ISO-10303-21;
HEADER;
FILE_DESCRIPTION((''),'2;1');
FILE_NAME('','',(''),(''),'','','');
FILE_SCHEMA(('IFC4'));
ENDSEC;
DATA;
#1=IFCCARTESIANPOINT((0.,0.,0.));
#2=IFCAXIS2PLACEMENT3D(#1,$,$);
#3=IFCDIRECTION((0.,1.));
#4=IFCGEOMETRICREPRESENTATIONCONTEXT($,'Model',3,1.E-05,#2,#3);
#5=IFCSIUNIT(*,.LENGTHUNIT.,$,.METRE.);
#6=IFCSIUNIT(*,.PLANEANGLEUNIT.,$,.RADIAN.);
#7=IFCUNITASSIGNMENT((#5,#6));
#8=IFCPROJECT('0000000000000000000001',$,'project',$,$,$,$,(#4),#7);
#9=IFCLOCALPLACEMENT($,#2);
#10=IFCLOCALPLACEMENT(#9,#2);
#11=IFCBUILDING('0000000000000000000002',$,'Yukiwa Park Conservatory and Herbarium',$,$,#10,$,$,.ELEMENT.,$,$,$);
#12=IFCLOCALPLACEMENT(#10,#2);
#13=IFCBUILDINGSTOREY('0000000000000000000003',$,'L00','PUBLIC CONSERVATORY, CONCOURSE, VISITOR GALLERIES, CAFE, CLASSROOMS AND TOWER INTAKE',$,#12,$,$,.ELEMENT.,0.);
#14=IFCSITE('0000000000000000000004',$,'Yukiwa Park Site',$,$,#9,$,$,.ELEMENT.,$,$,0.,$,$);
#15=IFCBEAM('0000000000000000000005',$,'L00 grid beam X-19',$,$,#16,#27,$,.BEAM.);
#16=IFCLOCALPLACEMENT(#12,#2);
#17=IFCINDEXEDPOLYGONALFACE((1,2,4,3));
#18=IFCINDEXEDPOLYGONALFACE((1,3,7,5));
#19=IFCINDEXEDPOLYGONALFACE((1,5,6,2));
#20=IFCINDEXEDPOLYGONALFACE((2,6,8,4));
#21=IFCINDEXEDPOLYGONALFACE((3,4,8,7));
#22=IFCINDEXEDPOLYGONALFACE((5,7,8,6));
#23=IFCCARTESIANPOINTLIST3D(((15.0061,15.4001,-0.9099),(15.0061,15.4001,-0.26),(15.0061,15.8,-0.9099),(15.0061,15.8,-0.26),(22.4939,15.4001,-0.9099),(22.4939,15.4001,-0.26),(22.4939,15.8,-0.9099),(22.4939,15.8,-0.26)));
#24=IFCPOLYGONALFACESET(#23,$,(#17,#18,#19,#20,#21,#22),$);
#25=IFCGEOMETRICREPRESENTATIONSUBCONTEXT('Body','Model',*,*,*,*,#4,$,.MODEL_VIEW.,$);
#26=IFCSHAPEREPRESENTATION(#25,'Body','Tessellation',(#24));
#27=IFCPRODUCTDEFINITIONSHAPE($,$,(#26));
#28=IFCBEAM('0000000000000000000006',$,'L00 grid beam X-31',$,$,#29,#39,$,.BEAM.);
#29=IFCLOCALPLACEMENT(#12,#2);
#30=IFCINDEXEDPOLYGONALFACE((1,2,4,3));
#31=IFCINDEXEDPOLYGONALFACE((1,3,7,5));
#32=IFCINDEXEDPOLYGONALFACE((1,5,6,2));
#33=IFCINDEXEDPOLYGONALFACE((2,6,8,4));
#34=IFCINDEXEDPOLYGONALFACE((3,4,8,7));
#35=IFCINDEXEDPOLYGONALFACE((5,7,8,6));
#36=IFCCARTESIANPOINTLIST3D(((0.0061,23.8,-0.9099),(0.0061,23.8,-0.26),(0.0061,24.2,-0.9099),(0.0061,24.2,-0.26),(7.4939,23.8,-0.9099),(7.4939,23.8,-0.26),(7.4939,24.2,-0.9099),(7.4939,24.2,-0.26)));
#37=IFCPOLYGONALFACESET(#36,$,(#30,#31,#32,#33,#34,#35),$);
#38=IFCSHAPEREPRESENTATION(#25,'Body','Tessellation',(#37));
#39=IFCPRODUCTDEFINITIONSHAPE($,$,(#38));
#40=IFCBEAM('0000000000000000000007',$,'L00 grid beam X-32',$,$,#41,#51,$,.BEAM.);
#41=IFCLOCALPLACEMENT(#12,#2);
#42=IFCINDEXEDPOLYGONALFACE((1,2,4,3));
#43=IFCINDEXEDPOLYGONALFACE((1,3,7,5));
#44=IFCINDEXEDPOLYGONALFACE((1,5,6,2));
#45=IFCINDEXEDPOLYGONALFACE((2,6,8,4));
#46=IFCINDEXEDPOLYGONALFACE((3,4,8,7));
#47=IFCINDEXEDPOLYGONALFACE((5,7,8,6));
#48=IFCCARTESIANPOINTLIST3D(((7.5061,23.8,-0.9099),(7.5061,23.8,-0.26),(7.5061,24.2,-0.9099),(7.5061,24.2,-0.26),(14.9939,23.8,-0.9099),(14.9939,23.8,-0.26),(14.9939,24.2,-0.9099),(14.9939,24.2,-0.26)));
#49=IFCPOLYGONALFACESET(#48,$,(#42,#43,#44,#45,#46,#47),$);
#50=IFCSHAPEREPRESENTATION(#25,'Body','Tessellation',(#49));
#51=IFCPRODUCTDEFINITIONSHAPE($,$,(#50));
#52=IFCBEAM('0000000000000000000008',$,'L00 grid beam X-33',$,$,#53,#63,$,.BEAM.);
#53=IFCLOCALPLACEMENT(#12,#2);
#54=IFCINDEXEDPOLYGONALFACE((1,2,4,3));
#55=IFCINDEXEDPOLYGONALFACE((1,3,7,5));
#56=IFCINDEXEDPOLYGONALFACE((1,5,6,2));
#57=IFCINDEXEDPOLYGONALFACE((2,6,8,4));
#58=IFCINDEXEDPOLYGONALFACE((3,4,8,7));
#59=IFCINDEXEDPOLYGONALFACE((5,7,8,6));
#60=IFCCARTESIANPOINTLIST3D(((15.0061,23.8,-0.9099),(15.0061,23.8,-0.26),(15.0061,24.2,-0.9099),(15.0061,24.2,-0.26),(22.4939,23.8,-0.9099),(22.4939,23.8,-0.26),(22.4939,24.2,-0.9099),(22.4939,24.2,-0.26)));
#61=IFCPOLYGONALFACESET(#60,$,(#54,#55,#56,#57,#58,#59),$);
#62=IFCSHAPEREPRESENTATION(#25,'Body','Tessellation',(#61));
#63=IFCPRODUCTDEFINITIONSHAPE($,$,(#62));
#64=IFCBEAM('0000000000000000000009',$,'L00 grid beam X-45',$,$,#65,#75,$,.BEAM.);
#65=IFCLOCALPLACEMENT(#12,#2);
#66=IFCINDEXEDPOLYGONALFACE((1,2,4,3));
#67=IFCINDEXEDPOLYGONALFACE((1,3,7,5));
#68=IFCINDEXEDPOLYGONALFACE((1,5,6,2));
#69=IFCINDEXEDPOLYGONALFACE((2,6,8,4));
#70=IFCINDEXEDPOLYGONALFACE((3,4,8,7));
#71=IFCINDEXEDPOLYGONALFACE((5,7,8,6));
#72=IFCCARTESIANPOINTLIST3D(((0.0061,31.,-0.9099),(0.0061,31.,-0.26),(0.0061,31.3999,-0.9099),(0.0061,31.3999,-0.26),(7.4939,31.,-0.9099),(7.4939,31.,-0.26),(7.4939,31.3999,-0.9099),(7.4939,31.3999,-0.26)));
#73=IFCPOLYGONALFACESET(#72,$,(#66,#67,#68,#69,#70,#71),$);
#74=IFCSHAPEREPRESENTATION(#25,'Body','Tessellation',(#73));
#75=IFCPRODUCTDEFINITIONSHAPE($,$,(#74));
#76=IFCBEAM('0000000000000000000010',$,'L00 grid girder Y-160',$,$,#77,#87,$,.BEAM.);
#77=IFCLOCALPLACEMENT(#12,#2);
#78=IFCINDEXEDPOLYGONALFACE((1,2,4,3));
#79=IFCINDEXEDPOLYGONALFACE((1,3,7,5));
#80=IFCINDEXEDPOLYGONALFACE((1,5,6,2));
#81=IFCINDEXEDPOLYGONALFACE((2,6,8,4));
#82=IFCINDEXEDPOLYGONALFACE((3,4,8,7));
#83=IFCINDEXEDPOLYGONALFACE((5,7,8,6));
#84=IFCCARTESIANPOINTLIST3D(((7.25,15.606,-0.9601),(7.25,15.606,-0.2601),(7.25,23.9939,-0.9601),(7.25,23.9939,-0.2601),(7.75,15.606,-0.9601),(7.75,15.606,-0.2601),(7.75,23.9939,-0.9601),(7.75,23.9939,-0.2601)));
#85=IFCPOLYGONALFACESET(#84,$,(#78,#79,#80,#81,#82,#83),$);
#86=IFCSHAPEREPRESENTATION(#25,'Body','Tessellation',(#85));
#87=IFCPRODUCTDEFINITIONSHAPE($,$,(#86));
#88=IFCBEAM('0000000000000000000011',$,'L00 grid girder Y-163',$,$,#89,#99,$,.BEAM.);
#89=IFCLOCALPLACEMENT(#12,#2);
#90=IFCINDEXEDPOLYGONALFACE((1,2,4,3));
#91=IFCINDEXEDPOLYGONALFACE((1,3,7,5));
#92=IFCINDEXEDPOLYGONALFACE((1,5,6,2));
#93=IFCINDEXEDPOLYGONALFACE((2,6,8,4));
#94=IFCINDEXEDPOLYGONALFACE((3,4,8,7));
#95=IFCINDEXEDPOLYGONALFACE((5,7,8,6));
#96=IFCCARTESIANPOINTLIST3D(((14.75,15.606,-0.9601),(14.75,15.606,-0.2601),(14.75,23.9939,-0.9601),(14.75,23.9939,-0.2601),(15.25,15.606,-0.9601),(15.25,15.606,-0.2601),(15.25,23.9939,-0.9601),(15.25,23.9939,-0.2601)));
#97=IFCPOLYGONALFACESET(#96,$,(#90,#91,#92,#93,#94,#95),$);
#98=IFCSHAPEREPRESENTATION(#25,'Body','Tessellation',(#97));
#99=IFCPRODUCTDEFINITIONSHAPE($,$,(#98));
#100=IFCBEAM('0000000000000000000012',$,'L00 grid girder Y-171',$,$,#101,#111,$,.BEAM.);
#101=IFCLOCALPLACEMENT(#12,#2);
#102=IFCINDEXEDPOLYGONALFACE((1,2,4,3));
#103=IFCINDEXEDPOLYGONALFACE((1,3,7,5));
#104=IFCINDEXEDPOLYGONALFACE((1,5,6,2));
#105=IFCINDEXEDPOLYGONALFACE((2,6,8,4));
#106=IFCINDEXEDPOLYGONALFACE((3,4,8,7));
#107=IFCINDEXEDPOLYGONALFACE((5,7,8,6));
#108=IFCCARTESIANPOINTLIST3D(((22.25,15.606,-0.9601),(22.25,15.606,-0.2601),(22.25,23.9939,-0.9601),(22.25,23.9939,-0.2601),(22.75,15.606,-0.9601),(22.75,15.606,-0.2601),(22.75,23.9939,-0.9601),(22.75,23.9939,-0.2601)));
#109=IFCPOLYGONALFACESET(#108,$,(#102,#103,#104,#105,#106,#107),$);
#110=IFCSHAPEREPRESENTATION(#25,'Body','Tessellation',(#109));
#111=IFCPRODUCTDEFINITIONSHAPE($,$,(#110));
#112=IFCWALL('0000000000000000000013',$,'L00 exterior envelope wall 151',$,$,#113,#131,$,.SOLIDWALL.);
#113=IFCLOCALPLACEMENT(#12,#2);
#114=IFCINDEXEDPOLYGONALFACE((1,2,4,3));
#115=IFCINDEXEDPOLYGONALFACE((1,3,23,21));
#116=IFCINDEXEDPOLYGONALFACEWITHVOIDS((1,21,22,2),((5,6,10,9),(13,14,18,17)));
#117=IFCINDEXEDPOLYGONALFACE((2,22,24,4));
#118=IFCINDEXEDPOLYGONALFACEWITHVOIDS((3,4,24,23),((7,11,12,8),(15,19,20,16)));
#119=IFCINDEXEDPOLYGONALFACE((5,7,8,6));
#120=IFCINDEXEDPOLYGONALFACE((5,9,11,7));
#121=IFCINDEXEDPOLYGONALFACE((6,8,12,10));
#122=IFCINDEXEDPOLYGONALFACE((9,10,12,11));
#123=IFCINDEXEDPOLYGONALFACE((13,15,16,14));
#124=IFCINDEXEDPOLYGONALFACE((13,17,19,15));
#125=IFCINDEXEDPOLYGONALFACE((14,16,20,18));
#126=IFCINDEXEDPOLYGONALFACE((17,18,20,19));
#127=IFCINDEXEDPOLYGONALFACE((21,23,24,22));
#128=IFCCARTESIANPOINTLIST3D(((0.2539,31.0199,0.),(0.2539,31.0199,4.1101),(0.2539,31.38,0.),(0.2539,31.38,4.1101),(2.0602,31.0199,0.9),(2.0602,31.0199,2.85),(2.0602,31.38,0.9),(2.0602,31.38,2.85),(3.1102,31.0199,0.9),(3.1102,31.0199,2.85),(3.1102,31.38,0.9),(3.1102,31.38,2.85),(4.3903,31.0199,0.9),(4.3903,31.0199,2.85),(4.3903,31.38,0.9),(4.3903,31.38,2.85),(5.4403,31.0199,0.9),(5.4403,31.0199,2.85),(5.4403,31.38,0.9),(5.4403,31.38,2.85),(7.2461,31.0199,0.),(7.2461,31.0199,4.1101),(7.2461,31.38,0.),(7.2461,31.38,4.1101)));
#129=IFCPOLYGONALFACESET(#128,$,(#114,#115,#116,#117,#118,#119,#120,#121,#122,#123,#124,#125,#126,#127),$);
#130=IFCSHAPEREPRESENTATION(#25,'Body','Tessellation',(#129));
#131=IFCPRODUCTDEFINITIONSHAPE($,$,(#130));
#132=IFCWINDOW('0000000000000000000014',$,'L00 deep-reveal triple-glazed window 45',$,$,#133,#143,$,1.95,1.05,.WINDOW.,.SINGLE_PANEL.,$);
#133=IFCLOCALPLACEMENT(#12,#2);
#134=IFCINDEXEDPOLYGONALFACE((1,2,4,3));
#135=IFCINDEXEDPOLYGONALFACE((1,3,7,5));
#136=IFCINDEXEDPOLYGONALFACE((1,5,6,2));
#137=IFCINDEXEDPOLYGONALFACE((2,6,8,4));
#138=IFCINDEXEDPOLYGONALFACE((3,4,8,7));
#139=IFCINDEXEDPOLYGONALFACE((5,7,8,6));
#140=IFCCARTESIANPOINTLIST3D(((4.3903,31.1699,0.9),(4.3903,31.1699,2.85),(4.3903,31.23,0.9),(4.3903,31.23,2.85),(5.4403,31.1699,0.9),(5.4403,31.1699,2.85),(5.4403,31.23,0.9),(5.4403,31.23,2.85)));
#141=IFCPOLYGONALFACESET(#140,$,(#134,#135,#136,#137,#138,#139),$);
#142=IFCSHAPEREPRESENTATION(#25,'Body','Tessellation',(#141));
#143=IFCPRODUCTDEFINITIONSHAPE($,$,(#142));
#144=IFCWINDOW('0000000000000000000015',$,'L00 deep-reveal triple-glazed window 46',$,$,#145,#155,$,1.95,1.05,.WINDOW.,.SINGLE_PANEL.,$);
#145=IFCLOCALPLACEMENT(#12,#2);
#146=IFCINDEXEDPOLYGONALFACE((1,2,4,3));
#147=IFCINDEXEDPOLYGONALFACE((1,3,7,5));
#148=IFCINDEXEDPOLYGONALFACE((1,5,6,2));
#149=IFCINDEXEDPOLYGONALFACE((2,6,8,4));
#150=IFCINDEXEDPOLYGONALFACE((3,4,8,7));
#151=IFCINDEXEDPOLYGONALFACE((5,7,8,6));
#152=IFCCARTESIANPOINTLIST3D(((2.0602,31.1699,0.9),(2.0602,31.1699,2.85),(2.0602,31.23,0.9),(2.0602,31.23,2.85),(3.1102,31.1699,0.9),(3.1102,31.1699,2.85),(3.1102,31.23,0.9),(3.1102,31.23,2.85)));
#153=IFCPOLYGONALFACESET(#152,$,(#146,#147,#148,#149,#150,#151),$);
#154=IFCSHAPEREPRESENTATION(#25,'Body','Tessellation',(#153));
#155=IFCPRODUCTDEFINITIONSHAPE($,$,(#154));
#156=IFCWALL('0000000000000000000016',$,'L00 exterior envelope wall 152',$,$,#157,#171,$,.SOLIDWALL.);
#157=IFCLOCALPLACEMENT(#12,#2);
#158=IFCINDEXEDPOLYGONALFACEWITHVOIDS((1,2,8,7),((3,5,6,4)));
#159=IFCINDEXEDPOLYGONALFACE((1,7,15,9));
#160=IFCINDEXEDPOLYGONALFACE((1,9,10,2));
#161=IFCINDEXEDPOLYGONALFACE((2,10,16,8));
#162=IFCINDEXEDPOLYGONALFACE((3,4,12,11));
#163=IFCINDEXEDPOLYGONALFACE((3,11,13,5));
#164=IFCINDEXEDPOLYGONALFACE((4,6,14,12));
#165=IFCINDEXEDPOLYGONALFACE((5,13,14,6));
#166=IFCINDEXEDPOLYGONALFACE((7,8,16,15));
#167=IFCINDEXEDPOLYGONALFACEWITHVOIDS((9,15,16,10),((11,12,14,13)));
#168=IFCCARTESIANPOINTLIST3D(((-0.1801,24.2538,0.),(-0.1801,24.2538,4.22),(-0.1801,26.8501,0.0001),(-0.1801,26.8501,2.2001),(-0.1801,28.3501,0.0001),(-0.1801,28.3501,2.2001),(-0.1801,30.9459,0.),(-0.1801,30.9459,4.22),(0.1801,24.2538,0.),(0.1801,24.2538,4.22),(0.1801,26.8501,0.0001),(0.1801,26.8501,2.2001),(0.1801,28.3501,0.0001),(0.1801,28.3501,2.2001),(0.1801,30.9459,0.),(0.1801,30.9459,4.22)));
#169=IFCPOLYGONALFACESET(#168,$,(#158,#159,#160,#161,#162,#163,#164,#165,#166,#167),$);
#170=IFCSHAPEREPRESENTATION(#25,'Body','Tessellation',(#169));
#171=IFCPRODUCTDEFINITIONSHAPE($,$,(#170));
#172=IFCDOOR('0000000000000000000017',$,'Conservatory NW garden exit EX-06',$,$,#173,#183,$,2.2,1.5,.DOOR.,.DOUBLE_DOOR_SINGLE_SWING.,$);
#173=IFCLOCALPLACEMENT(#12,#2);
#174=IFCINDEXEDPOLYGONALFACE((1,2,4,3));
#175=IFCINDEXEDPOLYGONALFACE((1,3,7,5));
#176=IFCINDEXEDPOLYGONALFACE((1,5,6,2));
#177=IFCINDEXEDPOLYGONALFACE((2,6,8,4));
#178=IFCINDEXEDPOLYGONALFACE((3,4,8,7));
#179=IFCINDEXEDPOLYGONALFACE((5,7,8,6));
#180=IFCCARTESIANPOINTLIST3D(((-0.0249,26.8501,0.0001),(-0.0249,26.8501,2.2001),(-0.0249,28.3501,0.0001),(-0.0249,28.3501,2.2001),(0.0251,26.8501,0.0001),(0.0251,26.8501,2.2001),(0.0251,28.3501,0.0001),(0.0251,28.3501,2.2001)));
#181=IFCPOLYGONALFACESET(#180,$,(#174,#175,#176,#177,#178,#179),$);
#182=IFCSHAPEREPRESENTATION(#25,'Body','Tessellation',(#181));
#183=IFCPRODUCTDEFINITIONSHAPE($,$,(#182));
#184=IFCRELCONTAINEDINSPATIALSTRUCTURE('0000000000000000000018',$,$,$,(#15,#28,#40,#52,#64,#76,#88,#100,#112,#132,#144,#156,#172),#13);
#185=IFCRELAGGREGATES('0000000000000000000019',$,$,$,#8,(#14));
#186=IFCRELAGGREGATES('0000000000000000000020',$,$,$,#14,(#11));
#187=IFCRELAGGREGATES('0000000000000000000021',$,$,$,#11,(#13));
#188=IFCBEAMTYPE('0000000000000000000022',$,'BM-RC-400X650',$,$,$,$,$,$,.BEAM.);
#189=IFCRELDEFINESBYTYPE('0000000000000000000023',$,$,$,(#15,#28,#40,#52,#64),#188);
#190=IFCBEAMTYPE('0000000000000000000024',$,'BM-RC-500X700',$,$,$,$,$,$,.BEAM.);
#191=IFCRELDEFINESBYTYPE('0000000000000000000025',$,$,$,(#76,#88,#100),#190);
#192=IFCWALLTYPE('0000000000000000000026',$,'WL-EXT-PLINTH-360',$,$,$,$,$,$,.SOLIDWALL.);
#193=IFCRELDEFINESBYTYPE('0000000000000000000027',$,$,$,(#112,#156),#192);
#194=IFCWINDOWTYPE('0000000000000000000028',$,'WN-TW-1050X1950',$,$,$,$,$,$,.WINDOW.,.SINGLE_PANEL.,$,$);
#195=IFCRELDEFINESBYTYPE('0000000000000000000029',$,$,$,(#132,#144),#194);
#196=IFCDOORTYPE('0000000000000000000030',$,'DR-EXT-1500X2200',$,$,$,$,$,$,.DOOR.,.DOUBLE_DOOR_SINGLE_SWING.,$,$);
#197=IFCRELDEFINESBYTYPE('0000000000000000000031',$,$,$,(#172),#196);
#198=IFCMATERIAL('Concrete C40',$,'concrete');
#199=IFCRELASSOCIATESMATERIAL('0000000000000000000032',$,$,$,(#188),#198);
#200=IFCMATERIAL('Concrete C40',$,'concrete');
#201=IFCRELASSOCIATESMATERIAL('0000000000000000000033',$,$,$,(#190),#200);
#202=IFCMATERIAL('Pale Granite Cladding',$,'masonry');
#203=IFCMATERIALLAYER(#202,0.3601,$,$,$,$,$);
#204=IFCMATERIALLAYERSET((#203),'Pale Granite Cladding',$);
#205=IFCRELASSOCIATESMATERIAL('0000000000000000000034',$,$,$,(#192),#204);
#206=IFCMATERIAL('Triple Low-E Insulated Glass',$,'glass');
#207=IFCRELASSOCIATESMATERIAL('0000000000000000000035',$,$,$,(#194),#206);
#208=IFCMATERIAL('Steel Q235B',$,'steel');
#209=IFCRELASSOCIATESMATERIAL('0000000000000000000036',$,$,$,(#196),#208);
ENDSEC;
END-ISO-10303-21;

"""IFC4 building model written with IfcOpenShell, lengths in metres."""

from ifc_helpers import new_model, si_unit, direction, frame, frame_2d, origin, origin_2d, place, context, subcontext, project, spatial, rectangle, extrude, material, layer, layer_set, material_profile, profile_set, type_object, element, fill, save


model = new_model("IFC4")

# Units and contexts
model_context = context("Model", 3, precision=1e-05, world=origin(), true_north=direction((0.0, 1.0)))
body_context = subcontext(model_context, "Body", "Model", "MODEL_VIEW")
ifc_project = project(units=[si_unit("LENGTHUNIT", "METRE"), si_unit("PLANEANGLEUNIT", "RADIAN")], contexts=[model_context])

# Site, building, storey
site_placement = place(None, origin())
site = spatial("IfcSite", under=ifc_project, at=site_placement, Name="Yukiwa Park Site", CompositionType="ELEMENT", RefElevation=0.0)
building_placement = place(site_placement, origin())
building = spatial("IfcBuilding", under=site, at=building_placement, Name="Yukiwa Park Conservatory and Herbarium", CompositionType="ELEMENT")
storey_placement = place(building_placement, origin())
storey = spatial("IfcBuildingStorey", under=building, at=storey_placement, Name="L00", Description="PUBLIC CONSERVATORY, CONCOURSE, VISITOR GALLERIES, CAFE, CLASSROOMS AND TOWER INTAKE", CompositionType="ELEMENT", Elevation=0.0)

# Beams
ifc_material_1 = material(Name="Concrete C40", Category="concrete")
ifc_material_profile_1 = material_profile(ifc_material_1, rectangle(XDim=0.3999, YDim=0.6499, at=origin_2d()), Name="RC 400x650")
ifc_profile_set_1 = profile_set([ifc_material_profile_1], Name="Concrete C40")
beam_type_1 = type_object("IfcBeamType", Name="BM-RC-400X650", PredefinedType="BEAM", material=ifc_profile_set_1)
for number, where, z_axis, x_axis, name in (
    (1, (15.0061, 15.6001, -0.585), (1.0, 0.0, 0.0), (0.0, 1.0, 0.0), "L00 grid beam X-19"),
    (2, (0.0061, 24.0, -0.585), (1.0, 0.0, 0.0), (0.0, 1.0, 0.0), "L00 grid beam X-31"),
    (3, (7.5061, 24.0, -0.585), (1.0, 0.0, 0.0), (0.0, 1.0, 0.0), "L00 grid beam X-32"),
    (4, (15.0061, 24.0, -0.585), (1.0, 0.0, 0.0), (0.0, 1.0, 0.0), "L00 grid beam X-33"),
    (5, (0.0061, 31.2, -0.585), (1.0, 0.0, 0.0), (0.0, 1.0, 0.0), "L00 grid beam X-45"),
):
    element("IfcBeam", number, at=place(storey_placement, frame(where, z_axis=z_axis, x_axis=x_axis)), inside=storey, type_object=beam_type_1, Name=name, PredefinedType="BEAM", context=body_context, shape_type="SweptSolid", body=[
        extrude(rectangle(XDim=0.3999, YDim=0.6499, at=origin_2d()), origin(), (0.0, 0.0, 1.0), 7.4878),
    ])
ifc_material_2 = material(Name="Concrete C40", Category="concrete")
ifc_material_profile_2 = material_profile(ifc_material_2, rectangle(XDim=0.5, YDim=0.7, at=origin_2d()), Name="RC 500x700")
ifc_profile_set_2 = profile_set([ifc_material_profile_2], Name="Concrete C40")
beam_type_2 = type_object("IfcBeamType", Name="BM-RC-500X700", PredefinedType="BEAM", material=ifc_profile_set_2)
for number, where, z_axis, x_axis, name in (
    (6, (7.5, 15.606, -0.6101), (0.0, 1.0, 0.0), (-1.0, 0.0, 0.0), "L00 grid girder Y-160"),
    (7, (15.0, 15.606, -0.6101), (0.0, 1.0, 0.0), (-1.0, 0.0, 0.0), "L00 grid girder Y-163"),
    (8, (22.5, 15.606, -0.6101), (0.0, 1.0, 0.0), (-1.0, 0.0, 0.0), "L00 grid girder Y-171"),
):
    element("IfcBeam", number, at=place(storey_placement, frame(where, z_axis=z_axis, x_axis=x_axis)), inside=storey, type_object=beam_type_2, Name=name, PredefinedType="BEAM", context=body_context, shape_type="SweptSolid", body=[
        extrude(rectangle(XDim=0.5, YDim=0.7, at=origin_2d()), origin(), (0.0, 0.0, 1.0), 8.3879),
    ])

# Wall, openings, windows
ifc_material_3 = material(Name="Pale Granite Cladding", Category="masonry")
ifc_layer = layer(ifc_material_3, 0.3601)
ifc_layer_set = layer_set([ifc_layer], Name="Pale Granite Cladding")
wall_type = type_object("IfcWallType", Name="WL-EXT-PLINTH-360", PredefinedType="SOLIDWALL", material=ifc_layer_set)
wall_1_placement = place(storey_placement, frame((7.2461, 31.2, 0.0), z_axis=(0.0, 0.0, 1.0), x_axis=(-1.0, 0.0, 0.0)))
wall_1 = element("IfcWall", 9, at=wall_1_placement, inside=storey, type_object=wall_type, Name="L00 exterior envelope wall 151", PredefinedType="SOLIDWALL", context=body_context, shape_type="SweptSolid", body=[
    extrude(rectangle(XDim=6.9922, YDim=0.3601, at=frame_2d((3.4961, 0.0))), origin(), (0.0, 0.0, 1.0), 4.1101),
])
opening_1_placement = place(wall_1_placement, frame((1.8059, 0.0, 0.8999)))
opening_1 = element("IfcOpeningElement", 10, at=opening_1_placement, cuts=wall_1, PredefinedType="OPENING", context=body_context, shape_type="SweptSolid", body=[
    extrude(rectangle(XDim=1.05, YDim=1.95, at=frame_2d((0.5249, 0.9751))), frame((0.0, 0.1899, 0.0), z_axis=(0.0, -1.0, 0.0), x_axis=(1.0, 0.0, 0.0)), (0.0, 0.0, 1.0), 0.3801),
])
opening_2_placement = place(wall_1_placement, frame((4.136, 0.0, 0.8999)))
opening_2 = element("IfcOpeningElement", 11, at=opening_2_placement, cuts=wall_1, PredefinedType="OPENING", context=body_context, shape_type="SweptSolid", body=[
    extrude(rectangle(XDim=1.05, YDim=1.95, at=frame_2d((0.5249, 0.9751))), frame((0.0, 0.1899, 0.0), z_axis=(0.0, -1.0, 0.0), x_axis=(1.0, 0.0, 0.0)), (0.0, 0.0, 1.0), 0.3801),
])
ifc_material_4 = material(Name="Triple Low-E Insulated Glass", Category="glass")
window_type = type_object("IfcWindowType", Name="WN-TW-1050X1950", PartitioningType="SINGLE_PANEL", PredefinedType="WINDOW", material=ifc_material_4)
window_1_placement = place(opening_1_placement, origin())
window_1 = element("IfcWindow", 12, at=window_1_placement, inside=storey, type_object=window_type, Name="L00 deep-reveal triple-glazed window 45", OverallHeight=1.95, OverallWidth=1.05, PartitioningType="SINGLE_PANEL", PredefinedType="WINDOW", context=body_context, shape_type="SweptSolid", body=[
    extrude(rectangle(XDim=1.05, YDim=1.95, at=frame_2d((0.5249, 0.9751))), frame((0.0, 0.03, 0.0), z_axis=(0.0, -1.0, 0.0), x_axis=(1.0, 0.0, 0.0)), (0.0, 0.0, 1.0), 0.0601),
])
fill(opening_1, window_1)
window_2_placement = place(opening_2_placement, origin())
window_2 = element("IfcWindow", 13, at=window_2_placement, inside=storey, type_object=window_type, Name="L00 deep-reveal triple-glazed window 46", OverallHeight=1.95, OverallWidth=1.05, PartitioningType="SINGLE_PANEL", PredefinedType="WINDOW", context=body_context, shape_type="SweptSolid", body=[
    extrude(rectangle(XDim=1.05, YDim=1.95, at=frame_2d((0.5249, 0.9751))), frame((0.0, 0.03, 0.0), z_axis=(0.0, -1.0, 0.0), x_axis=(1.0, 0.0, 0.0)), (0.0, 0.0, 1.0), 0.0601),
])
fill(opening_2, window_2)

# Wall, opening, door
wall_2_placement = place(storey_placement, frame((0.0, 30.946, 0.0), z_axis=(0.0, 0.0, 1.0), x_axis=(0.0, -1.0, 0.0)))
wall_2 = element("IfcWall", 14, at=wall_2_placement, inside=storey, type_object=wall_type, Name="L00 exterior envelope wall 152", PredefinedType="SOLIDWALL", context=body_context, shape_type="SweptSolid", body=[
    extrude(rectangle(XDim=6.6921, YDim=0.3601, at=frame_2d((3.3462, 0.0))), origin(), (0.0, 0.0, 1.0), 4.22),
])
opening_3_placement = place(wall_2_placement, frame((2.5959, 0.0, 0.0)))
opening_3 = element("IfcOpeningElement", 15, at=opening_3_placement, cuts=wall_2, PredefinedType="OPENING", context=body_context, shape_type="SweptSolid", body=[
    extrude(rectangle(XDim=1.5, YDim=2.2, at=frame_2d((0.75, 1.1001))), frame((0.0, 0.1899, 0.0), z_axis=(0.0, -1.0, 0.0), x_axis=(1.0, 0.0, 0.0)), (0.0, 0.0, 1.0), 0.3801),
])
ifc_material_5 = material(Name="Steel Q235B", Category="steel")
door_type = type_object("IfcDoorType", Name="DR-EXT-1500X2200", OperationType="DOUBLE_DOOR_SINGLE_SWING", PredefinedType="DOOR", material=ifc_material_5)
door_placement = place(opening_3_placement, frame((1.5, 0.0, 0.0), z_axis=(0.0, 0.0, 1.0), x_axis=(-1.0, 0.0, 0.0)))
door = element("IfcDoor", 16, at=door_placement, inside=storey, type_object=door_type, Name="Conservatory NW garden exit EX-06", OperationType="DOUBLE_DOOR_SINGLE_SWING", OverallHeight=2.2, OverallWidth=1.5, PredefinedType="DOOR", context=body_context, shape_type="SweptSolid", body=[
    extrude(rectangle(XDim=1.5, YDim=2.2, at=frame_2d((0.75, 1.1001))), frame((0.0, 0.0249, 0.0), z_axis=(0.0, -1.0, 0.0), x_axis=(1.0, 0.0, 0.0)), (0.0, 0.0, 1.0), 0.05),
])
fill(opening_3, door)

save(model, "model.ifc")
